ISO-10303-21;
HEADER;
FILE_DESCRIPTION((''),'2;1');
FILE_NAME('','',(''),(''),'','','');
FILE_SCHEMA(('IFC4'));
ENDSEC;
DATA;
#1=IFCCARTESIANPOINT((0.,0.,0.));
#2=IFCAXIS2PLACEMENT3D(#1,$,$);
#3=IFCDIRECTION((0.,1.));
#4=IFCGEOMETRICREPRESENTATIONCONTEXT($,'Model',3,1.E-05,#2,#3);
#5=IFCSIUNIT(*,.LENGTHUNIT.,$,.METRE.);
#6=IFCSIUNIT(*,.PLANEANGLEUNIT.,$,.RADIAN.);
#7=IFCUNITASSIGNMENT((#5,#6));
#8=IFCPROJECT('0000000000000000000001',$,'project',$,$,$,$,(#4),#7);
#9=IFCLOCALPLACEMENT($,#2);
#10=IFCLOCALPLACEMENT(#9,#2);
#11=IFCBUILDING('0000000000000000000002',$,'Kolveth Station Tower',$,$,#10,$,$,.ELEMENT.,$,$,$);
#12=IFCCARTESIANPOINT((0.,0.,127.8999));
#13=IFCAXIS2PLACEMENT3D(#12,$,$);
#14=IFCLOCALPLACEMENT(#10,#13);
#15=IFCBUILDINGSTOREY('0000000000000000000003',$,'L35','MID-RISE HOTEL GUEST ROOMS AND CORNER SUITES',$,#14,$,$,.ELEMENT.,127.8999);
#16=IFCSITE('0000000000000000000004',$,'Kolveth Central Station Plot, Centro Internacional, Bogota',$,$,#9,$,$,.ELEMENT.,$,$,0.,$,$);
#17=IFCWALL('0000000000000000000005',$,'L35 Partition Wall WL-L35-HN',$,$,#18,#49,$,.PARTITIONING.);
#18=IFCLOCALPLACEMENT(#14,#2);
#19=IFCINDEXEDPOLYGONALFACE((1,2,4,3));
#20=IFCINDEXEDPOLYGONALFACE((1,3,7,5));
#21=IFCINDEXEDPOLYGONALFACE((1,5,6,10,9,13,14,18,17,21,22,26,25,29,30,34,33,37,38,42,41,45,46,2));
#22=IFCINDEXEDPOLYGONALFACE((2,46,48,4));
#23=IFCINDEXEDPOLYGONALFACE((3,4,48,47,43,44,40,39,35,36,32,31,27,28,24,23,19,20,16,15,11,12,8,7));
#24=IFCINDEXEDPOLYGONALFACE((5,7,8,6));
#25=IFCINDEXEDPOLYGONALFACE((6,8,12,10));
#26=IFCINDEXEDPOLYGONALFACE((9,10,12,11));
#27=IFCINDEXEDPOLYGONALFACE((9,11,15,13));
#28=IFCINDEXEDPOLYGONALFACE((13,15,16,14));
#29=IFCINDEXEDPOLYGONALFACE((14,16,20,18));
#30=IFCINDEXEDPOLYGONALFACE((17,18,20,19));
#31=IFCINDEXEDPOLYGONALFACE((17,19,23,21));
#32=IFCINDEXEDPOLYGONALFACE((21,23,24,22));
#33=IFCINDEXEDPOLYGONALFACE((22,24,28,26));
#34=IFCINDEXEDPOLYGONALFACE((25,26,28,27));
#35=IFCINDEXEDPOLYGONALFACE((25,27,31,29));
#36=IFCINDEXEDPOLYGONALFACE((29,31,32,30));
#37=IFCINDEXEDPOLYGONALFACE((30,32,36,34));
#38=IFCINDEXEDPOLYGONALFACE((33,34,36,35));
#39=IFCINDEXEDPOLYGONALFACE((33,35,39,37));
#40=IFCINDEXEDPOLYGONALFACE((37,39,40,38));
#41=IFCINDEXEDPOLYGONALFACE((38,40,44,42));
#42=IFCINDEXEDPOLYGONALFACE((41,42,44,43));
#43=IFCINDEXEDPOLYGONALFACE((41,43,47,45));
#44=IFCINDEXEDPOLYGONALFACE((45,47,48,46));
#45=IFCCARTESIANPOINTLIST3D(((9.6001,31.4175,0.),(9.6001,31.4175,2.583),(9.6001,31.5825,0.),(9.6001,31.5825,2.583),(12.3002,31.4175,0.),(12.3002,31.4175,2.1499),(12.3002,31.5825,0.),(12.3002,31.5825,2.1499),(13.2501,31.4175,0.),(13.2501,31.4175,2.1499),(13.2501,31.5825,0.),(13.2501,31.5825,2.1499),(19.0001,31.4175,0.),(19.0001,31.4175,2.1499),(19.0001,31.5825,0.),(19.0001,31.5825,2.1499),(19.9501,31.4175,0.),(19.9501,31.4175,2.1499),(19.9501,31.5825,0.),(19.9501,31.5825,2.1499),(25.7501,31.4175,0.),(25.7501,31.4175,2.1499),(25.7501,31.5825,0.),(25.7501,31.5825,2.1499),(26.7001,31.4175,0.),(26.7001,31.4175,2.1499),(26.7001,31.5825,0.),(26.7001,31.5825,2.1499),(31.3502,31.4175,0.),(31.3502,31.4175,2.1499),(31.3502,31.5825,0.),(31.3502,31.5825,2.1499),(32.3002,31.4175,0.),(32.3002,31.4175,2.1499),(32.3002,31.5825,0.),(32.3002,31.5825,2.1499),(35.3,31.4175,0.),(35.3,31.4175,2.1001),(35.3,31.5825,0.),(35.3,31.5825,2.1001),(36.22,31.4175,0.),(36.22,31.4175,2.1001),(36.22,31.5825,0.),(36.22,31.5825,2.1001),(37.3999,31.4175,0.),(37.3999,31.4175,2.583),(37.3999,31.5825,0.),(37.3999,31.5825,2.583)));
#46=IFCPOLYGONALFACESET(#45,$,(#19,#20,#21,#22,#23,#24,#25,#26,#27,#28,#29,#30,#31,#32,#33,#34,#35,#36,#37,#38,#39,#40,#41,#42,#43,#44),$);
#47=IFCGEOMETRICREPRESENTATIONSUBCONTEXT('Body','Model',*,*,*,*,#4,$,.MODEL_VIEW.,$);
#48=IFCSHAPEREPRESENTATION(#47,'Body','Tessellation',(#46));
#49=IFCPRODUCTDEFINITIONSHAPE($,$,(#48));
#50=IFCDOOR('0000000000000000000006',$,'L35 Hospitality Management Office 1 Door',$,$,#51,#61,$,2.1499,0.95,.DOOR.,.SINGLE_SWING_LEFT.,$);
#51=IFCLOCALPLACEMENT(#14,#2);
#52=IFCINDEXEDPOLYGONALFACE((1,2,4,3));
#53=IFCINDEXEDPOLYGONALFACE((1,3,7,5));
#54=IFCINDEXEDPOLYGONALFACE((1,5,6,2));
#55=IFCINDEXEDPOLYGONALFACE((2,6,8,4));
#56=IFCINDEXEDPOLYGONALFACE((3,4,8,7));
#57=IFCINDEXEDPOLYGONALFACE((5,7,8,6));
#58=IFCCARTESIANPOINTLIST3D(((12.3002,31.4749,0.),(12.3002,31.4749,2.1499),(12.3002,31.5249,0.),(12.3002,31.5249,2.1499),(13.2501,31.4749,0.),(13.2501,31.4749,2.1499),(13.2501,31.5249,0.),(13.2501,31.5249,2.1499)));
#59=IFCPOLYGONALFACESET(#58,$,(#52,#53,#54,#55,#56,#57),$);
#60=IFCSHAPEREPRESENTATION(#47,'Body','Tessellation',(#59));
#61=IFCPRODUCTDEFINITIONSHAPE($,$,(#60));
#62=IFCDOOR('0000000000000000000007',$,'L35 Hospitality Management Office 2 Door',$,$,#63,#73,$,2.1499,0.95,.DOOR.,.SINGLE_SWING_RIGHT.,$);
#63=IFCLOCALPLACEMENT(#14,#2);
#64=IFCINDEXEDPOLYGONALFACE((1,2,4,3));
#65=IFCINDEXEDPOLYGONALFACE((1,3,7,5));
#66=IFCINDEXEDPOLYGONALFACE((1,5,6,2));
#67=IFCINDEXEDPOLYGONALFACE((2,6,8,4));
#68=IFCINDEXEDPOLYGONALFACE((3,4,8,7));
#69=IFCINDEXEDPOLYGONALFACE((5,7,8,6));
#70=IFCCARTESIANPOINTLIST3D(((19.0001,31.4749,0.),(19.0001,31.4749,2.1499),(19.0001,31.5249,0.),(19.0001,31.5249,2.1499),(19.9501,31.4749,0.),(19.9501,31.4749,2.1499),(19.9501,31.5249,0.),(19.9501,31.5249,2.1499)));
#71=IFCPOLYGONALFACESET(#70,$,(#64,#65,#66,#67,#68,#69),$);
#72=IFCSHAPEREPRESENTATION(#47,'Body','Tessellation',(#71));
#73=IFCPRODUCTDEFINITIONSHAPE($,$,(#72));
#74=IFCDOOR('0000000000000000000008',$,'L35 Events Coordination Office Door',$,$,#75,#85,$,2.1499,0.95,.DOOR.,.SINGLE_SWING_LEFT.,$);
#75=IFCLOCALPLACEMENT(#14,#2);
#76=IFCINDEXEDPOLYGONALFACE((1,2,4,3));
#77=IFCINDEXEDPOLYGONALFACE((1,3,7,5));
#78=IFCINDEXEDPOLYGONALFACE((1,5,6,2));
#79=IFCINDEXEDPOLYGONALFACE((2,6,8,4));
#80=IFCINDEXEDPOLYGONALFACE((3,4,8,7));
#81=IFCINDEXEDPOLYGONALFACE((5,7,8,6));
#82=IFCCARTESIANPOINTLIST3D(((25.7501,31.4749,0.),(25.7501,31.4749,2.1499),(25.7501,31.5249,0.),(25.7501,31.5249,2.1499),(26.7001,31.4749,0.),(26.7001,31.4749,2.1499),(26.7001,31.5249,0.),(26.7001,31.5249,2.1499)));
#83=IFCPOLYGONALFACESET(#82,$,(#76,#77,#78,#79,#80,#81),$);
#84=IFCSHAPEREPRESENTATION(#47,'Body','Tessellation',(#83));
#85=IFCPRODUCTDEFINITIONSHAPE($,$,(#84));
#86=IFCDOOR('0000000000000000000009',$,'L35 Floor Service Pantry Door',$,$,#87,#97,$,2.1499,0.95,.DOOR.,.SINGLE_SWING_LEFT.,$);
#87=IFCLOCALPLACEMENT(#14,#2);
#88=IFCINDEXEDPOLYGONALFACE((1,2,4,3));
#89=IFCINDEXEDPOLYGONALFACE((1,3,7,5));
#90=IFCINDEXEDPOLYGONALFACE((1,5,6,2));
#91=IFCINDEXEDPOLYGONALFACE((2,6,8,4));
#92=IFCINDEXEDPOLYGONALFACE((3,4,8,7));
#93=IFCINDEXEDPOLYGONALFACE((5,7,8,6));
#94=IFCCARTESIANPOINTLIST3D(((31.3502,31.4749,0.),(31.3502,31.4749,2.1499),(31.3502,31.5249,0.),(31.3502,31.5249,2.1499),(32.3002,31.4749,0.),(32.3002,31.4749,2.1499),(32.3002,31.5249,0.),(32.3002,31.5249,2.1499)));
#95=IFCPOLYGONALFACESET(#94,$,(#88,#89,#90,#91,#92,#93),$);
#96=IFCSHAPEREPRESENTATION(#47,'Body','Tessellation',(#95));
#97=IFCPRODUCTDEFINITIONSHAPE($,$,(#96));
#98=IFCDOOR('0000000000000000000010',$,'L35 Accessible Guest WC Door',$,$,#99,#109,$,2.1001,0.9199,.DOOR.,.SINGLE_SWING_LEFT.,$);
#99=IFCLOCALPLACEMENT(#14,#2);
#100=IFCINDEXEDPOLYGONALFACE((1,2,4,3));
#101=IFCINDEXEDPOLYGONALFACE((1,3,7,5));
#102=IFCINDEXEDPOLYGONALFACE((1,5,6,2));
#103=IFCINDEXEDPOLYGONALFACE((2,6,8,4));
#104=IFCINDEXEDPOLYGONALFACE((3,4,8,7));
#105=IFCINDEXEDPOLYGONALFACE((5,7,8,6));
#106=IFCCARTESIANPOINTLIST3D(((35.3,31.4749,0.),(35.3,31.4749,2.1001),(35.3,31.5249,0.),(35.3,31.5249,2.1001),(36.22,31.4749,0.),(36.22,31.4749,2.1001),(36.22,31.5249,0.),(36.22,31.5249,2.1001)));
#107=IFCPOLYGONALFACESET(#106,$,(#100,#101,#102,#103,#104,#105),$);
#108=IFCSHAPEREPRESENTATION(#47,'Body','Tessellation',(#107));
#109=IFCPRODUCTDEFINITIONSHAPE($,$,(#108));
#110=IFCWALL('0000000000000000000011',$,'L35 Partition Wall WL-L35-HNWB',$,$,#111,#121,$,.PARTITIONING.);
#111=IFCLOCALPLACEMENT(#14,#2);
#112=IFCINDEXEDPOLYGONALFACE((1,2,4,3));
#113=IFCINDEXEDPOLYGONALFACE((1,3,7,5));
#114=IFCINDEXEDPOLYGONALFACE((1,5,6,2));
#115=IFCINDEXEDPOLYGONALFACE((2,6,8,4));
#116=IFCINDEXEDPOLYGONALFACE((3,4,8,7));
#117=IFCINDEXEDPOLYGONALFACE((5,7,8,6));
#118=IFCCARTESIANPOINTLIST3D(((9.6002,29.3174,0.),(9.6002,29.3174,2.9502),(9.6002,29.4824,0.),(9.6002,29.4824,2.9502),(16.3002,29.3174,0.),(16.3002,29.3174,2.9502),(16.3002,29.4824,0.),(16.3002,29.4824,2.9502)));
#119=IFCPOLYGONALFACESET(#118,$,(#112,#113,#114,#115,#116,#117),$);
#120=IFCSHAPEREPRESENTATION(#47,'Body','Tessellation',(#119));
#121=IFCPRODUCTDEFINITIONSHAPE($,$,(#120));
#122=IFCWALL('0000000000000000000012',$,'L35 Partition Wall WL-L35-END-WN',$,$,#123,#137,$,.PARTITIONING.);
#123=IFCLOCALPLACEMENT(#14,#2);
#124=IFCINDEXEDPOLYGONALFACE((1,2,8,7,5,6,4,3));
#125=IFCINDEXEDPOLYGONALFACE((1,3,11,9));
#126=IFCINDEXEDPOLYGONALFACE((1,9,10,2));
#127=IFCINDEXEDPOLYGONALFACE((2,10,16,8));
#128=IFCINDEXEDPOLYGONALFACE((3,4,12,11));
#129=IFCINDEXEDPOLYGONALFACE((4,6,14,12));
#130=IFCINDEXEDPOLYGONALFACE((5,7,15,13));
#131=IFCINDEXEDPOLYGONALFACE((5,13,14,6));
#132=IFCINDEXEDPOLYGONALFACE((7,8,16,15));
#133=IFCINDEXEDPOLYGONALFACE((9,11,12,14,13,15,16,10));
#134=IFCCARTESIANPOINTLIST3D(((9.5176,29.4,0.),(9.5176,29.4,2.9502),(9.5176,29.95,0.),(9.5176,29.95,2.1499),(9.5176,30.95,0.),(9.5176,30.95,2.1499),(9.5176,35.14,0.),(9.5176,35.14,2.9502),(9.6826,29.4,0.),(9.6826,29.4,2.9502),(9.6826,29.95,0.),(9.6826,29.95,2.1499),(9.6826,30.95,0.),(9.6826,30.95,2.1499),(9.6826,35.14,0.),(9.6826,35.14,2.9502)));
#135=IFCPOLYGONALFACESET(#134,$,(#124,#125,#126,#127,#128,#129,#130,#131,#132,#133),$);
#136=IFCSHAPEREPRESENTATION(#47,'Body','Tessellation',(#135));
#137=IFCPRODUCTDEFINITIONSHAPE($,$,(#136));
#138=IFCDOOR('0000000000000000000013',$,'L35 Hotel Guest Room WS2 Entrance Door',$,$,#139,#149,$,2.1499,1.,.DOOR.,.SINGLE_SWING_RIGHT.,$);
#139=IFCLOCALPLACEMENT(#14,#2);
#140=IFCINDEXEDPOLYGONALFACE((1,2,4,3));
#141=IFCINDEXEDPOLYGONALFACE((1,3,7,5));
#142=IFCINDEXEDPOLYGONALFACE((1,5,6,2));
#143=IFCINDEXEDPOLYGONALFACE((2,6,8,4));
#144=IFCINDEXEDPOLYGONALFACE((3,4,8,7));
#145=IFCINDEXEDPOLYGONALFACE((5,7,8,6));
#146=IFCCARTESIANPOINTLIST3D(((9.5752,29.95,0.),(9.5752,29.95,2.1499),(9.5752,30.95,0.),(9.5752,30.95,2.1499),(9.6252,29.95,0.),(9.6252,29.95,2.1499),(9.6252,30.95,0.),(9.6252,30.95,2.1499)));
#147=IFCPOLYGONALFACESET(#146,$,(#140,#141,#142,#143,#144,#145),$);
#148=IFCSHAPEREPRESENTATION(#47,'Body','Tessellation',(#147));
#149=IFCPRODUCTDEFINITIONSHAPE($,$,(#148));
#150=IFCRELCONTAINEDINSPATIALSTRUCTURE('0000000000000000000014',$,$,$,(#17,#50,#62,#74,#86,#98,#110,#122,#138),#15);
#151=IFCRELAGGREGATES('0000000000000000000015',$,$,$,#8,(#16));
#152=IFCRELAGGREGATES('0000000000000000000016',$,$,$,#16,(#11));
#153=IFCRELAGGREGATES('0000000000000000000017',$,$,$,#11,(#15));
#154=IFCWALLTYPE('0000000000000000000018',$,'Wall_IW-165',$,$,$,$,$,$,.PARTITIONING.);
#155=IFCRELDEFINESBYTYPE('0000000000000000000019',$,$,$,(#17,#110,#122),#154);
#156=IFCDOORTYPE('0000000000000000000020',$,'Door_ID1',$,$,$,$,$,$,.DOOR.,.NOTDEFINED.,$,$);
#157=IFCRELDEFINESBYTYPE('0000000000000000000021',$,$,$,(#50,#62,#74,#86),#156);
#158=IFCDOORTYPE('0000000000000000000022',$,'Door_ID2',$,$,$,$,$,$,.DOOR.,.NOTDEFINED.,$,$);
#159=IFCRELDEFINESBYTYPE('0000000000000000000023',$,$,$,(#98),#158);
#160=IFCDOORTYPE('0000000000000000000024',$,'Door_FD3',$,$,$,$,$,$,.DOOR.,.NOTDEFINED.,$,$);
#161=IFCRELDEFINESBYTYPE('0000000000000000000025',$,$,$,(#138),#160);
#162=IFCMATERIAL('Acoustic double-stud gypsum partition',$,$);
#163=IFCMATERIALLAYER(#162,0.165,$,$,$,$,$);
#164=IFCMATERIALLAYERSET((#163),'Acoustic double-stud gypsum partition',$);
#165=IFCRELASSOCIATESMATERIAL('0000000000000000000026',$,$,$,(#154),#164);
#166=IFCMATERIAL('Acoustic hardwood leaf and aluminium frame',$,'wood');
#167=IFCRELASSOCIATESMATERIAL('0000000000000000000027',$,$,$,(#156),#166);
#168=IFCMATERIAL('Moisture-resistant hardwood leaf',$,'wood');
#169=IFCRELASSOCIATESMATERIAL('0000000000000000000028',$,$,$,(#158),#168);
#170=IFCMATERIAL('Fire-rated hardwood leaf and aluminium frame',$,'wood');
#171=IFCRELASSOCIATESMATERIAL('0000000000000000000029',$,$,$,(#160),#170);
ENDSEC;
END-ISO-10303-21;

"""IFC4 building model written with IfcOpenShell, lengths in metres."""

from ifc_helpers import new_model, si_unit, direction, frame, frame_2d, origin, place, context, subcontext, project, spatial, rectangle, extrude, material, layer, layer_set, type_object, element, fill, save


model = new_model("IFC4")

# Units and contexts
model_context = context("Model", 3, precision=1e-05, world=origin(), true_north=direction((0.0, 1.0)))
body_context = subcontext(model_context, "Body", "Model", "MODEL_VIEW")
ifc_project = project(units=[si_unit("LENGTHUNIT", "METRE"), si_unit("PLANEANGLEUNIT", "RADIAN")], contexts=[model_context])

# Site, building, storey
site_placement = place(None, origin())
site = spatial("IfcSite", under=ifc_project, at=site_placement, Name="Kolveth Central Station Plot, Centro Internacional, Bogota", CompositionType="ELEMENT", RefElevation=0.0)
building_placement = place(site_placement, origin())
building = spatial("IfcBuilding", under=site, at=building_placement, Name="Kolveth Station Tower", CompositionType="ELEMENT")
storey_placement = place(building_placement, frame((0.0, 0.0, 127.8999)))
storey = spatial("IfcBuildingStorey", under=building, at=storey_placement, Name="L35", Description="MID-RISE HOTEL GUEST ROOMS AND CORNER SUITES", CompositionType="ELEMENT", Elevation=127.8999)

# Wall, openings, doors
ifc_material_1 = material(Name="Acoustic double-stud gypsum partition")
ifc_layer = layer(ifc_material_1, 0.165)
ifc_layer_set = layer_set([ifc_layer], Name="Acoustic double-stud gypsum partition")
wall_type = type_object("IfcWallType", Name="Wall_IW-165", PredefinedType="PARTITIONING", material=ifc_layer_set)
wall_1_placement = place(storey_placement, frame((9.6001, 31.5, 0.0), z_axis=(0.0, 0.0, 1.0), x_axis=(1.0, 0.0, 0.0)))
wall_1 = element("IfcWall", 1, at=wall_1_placement, inside=storey, type_object=wall_type, Name="L35 Partition Wall WL-L35-HN", PredefinedType="PARTITIONING", context=body_context, shape_type="SweptSolid", body=[
    extrude(rectangle(XDim=27.7998, YDim=0.165, at=frame_2d((13.8999, 0.0))), origin(), (0.0, 0.0, 1.0), 2.583),
])
opening_1_placement = place(wall_1_placement, frame((2.7, 0.0, 0.0)))
opening_1 = element("IfcOpeningElement", 2, at=opening_1_placement, cuts=wall_1, PredefinedType="OPENING", context=body_context, shape_type="SweptSolid", body=[
    extrude(rectangle(XDim=0.95, YDim=2.1499, at=frame_2d((0.4751, 1.075))), frame((0.0, 0.0925, 0.0), z_axis=(0.0, -1.0, 0.0), x_axis=(1.0, 0.0, 0.0)), (0.0, 0.0, 1.0), 0.1851),
])
opening_2_placement = place(wall_1_placement, frame((9.3999, 0.0, 0.0)))
opening_2 = element("IfcOpeningElement", 3, at=opening_2_placement, cuts=wall_1, PredefinedType="OPENING", context=body_context, shape_type="SweptSolid", body=[
    extrude(rectangle(XDim=0.95, YDim=2.1499, at=frame_2d((0.4751, 1.075))), frame((0.0, 0.0925, 0.0), z_axis=(0.0, -1.0, 0.0), x_axis=(1.0, 0.0, 0.0)), (0.0, 0.0, 1.0), 0.1851),
])
opening_3_placement = place(wall_1_placement, frame((16.1499, 0.0, 0.0)))
opening_3 = element("IfcOpeningElement", 4, at=opening_3_placement, cuts=wall_1, PredefinedType="OPENING", context=body_context, shape_type="SweptSolid", body=[
    extrude(rectangle(XDim=0.95, YDim=2.1499, at=frame_2d((0.4751, 1.075))), frame((0.0, 0.0925, 0.0), z_axis=(0.0, -1.0, 0.0), x_axis=(1.0, 0.0, 0.0)), (0.0, 0.0, 1.0), 0.1851),
])
opening_4_placement = place(wall_1_placement, frame((21.75, 0.0, 0.0)))
opening_4 = element("IfcOpeningElement", 5, at=opening_4_placement, cuts=wall_1, PredefinedType="OPENING", context=body_context, shape_type="SweptSolid", body=[
    extrude(rectangle(XDim=0.95, YDim=2.1499, at=frame_2d((0.4751, 1.075))), frame((0.0, 0.0925, 0.0), z_axis=(0.0, -1.0, 0.0), x_axis=(1.0, 0.0, 0.0)), (0.0, 0.0, 1.0), 0.1851),
])
opening_5_placement = place(wall_1_placement, frame((25.7, 0.0, 0.0)))
opening_5 = element("IfcOpeningElement", 6, at=opening_5_placement, cuts=wall_1, PredefinedType="OPENING", context=body_context, shape_type="SweptSolid", body=[
    extrude(rectangle(XDim=0.9199, YDim=2.1001, at=frame_2d((0.46, 1.05))), frame((0.0, 0.0925, 0.0), z_axis=(0.0, -1.0, 0.0), x_axis=(1.0, 0.0, 0.0)), (0.0, 0.0, 1.0), 0.1851),
])
ifc_material_2 = material(Name="Acoustic hardwood leaf and aluminium frame", Category="wood")
door_type_1 = type_object("IfcDoorType", Name="Door_ID1", OperationType="NOTDEFINED", PredefinedType="DOOR", material=ifc_material_2)
door_1_placement = place(opening_1_placement, origin())
door_1 = element("IfcDoor", 7, at=door_1_placement, inside=storey, type_object=door_type_1, Name="L35 Hospitality Management Office 1 Door", OperationType="SINGLE_SWING_LEFT", OverallHeight=2.1499, OverallWidth=0.95, PredefinedType="DOOR", context=body_context, shape_type="SweptSolid", body=[
    extrude(rectangle(XDim=0.95, YDim=2.1499, at=frame_2d((0.4751, 1.075))), frame((0.0, 0.0249, 0.0), z_axis=(0.0, -1.0, 0.0), x_axis=(1.0, 0.0, 0.0)), (0.0, 0.0, 1.0), 0.05),
])
fill(opening_1, door_1)
door_2_placement = place(opening_2_placement, origin())
door_2 = element("IfcDoor", 8, at=door_2_placement, inside=storey, type_object=door_type_1, Name="L35 Hospitality Management Office 2 Door", OperationType="SINGLE_SWING_RIGHT", OverallHeight=2.1499, OverallWidth=0.95, PredefinedType="DOOR", context=body_context, shape_type="SweptSolid", body=[
    extrude(rectangle(XDim=0.95, YDim=2.1499, at=frame_2d((0.4751, 1.075))), frame((0.0, 0.0249, 0.0), z_axis=(0.0, -1.0, 0.0), x_axis=(1.0, 0.0, 0.0)), (0.0, 0.0, 1.0), 0.05),
])
fill(opening_2, door_2)
door_3_placement = place(opening_3_placement, origin())
door_3 = element("IfcDoor", 9, at=door_3_placement, inside=storey, type_object=door_type_1, Name="L35 Events Coordination Office Door", OperationType="SINGLE_SWING_LEFT", OverallHeight=2.1499, OverallWidth=0.95, PredefinedType="DOOR", context=body_context, shape_type="SweptSolid", body=[
    extrude(rectangle(XDim=0.95, YDim=2.1499, at=frame_2d((0.4751, 1.075))), frame((0.0, 0.0249, 0.0), z_axis=(0.0, -1.0, 0.0), x_axis=(1.0, 0.0, 0.0)), (0.0, 0.0, 1.0), 0.05),
])
fill(opening_3, door_3)
door_4_placement = place(opening_4_placement, origin())
door_4 = element("IfcDoor", 10, at=door_4_placement, inside=storey, type_object=door_type_1, Name="L35 Floor Service Pantry Door", OperationType="SINGLE_SWING_LEFT", OverallHeight=2.1499, OverallWidth=0.95, PredefinedType="DOOR", context=body_context, shape_type="SweptSolid", body=[
    extrude(rectangle(XDim=0.95, YDim=2.1499, at=frame_2d((0.4751, 1.075))), frame((0.0, 0.0249, 0.0), z_axis=(0.0, -1.0, 0.0), x_axis=(1.0, 0.0, 0.0)), (0.0, 0.0, 1.0), 0.05),
])
fill(opening_4, door_4)
ifc_material_3 = material(Name="Moisture-resistant hardwood leaf", Category="wood")
door_type_2 = type_object("IfcDoorType", Name="Door_ID2", OperationType="NOTDEFINED", PredefinedType="DOOR", material=ifc_material_3)
door_5_placement = place(opening_5_placement, origin())
door_5 = element("IfcDoor", 11, at=door_5_placement, inside=storey, type_object=door_type_2, Name="L35 Accessible Guest WC Door", OperationType="SINGLE_SWING_LEFT", OverallHeight=2.1001, OverallWidth=0.9199, PredefinedType="DOOR", context=body_context, shape_type="SweptSolid", body=[
    extrude(rectangle(XDim=0.9199, YDim=2.1001, at=frame_2d((0.46, 1.05))), frame((0.0, 0.0249, 0.0), z_axis=(0.0, -1.0, 0.0), x_axis=(1.0, 0.0, 0.0)), (0.0, 0.0, 1.0), 0.05),
])
fill(opening_5, door_5)

# Wall
wall_2_placement = place(storey_placement, frame((9.6001, 29.3999, 0.0), z_axis=(0.0, 0.0, 1.0), x_axis=(1.0, 0.0, 0.0)))
element("IfcWall", 12, at=wall_2_placement, inside=storey, type_object=wall_type, Name="L35 Partition Wall WL-L35-HNWB", PredefinedType="PARTITIONING", context=body_context, shape_type="SweptSolid", body=[
    extrude(rectangle(XDim=6.7, YDim=0.165, at=frame_2d((3.3501, 0.0))), origin(), (0.0, 0.0, 1.0), 2.9502),
])

# Wall, opening, door
wall_3_placement = place(storey_placement, frame((9.6001, 29.3999, 0.0), z_axis=(0.0, 0.0, 1.0), x_axis=(0.0, 1.0, 0.0)))
wall_3 = element("IfcWall", 13, at=wall_3_placement, inside=storey, type_object=wall_type, Name="L35 Partition Wall WL-L35-END-WN", PredefinedType="PARTITIONING", context=body_context, shape_type="SweptSolid", body=[
    extrude(rectangle(XDim=5.74, YDim=0.165, at=frame_2d((2.8701, 0.0))), origin(), (0.0, 0.0, 1.0), 2.9502),
])
opening_6_placement = place(wall_3_placement, frame((0.55, 0.0, 0.0)))
opening_6 = element("IfcOpeningElement", 14, at=opening_6_placement, cuts=wall_3, PredefinedType="OPENING", context=body_context, shape_type="SweptSolid", body=[
    extrude(rectangle(XDim=1.0, YDim=2.1499, at=frame_2d((0.5, 1.075))), frame((0.0, 0.0925, 0.0), z_axis=(0.0, -1.0, 0.0), x_axis=(1.0, 0.0, 0.0)), (0.0, 0.0, 1.0), 0.1851),
])
ifc_material_4 = material(Name="Fire-rated hardwood leaf and aluminium frame", Category="wood")
door_type_3 = type_object("IfcDoorType", Name="Door_FD3", OperationType="NOTDEFINED", PredefinedType="DOOR", material=ifc_material_4)
door_6_placement = place(opening_6_placement, origin())
door_6 = element("IfcDoor", 15, at=door_6_placement, inside=storey, type_object=door_type_3, Name="L35 Hotel Guest Room WS2 Entrance Door", OperationType="SINGLE_SWING_RIGHT", OverallHeight=2.1499, OverallWidth=1.0, PredefinedType="DOOR", context=body_context, shape_type="SweptSolid", body=[
    extrude(rectangle(XDim=1.0, YDim=2.1499, at=frame_2d((0.5, 1.075))), frame((0.0, 0.0249, 0.0), z_axis=(0.0, -1.0, 0.0), x_axis=(1.0, 0.0, 0.0)), (0.0, 0.0, 1.0), 0.05),
])
fill(opening_6, door_6)

save(model, "model.ifc")
